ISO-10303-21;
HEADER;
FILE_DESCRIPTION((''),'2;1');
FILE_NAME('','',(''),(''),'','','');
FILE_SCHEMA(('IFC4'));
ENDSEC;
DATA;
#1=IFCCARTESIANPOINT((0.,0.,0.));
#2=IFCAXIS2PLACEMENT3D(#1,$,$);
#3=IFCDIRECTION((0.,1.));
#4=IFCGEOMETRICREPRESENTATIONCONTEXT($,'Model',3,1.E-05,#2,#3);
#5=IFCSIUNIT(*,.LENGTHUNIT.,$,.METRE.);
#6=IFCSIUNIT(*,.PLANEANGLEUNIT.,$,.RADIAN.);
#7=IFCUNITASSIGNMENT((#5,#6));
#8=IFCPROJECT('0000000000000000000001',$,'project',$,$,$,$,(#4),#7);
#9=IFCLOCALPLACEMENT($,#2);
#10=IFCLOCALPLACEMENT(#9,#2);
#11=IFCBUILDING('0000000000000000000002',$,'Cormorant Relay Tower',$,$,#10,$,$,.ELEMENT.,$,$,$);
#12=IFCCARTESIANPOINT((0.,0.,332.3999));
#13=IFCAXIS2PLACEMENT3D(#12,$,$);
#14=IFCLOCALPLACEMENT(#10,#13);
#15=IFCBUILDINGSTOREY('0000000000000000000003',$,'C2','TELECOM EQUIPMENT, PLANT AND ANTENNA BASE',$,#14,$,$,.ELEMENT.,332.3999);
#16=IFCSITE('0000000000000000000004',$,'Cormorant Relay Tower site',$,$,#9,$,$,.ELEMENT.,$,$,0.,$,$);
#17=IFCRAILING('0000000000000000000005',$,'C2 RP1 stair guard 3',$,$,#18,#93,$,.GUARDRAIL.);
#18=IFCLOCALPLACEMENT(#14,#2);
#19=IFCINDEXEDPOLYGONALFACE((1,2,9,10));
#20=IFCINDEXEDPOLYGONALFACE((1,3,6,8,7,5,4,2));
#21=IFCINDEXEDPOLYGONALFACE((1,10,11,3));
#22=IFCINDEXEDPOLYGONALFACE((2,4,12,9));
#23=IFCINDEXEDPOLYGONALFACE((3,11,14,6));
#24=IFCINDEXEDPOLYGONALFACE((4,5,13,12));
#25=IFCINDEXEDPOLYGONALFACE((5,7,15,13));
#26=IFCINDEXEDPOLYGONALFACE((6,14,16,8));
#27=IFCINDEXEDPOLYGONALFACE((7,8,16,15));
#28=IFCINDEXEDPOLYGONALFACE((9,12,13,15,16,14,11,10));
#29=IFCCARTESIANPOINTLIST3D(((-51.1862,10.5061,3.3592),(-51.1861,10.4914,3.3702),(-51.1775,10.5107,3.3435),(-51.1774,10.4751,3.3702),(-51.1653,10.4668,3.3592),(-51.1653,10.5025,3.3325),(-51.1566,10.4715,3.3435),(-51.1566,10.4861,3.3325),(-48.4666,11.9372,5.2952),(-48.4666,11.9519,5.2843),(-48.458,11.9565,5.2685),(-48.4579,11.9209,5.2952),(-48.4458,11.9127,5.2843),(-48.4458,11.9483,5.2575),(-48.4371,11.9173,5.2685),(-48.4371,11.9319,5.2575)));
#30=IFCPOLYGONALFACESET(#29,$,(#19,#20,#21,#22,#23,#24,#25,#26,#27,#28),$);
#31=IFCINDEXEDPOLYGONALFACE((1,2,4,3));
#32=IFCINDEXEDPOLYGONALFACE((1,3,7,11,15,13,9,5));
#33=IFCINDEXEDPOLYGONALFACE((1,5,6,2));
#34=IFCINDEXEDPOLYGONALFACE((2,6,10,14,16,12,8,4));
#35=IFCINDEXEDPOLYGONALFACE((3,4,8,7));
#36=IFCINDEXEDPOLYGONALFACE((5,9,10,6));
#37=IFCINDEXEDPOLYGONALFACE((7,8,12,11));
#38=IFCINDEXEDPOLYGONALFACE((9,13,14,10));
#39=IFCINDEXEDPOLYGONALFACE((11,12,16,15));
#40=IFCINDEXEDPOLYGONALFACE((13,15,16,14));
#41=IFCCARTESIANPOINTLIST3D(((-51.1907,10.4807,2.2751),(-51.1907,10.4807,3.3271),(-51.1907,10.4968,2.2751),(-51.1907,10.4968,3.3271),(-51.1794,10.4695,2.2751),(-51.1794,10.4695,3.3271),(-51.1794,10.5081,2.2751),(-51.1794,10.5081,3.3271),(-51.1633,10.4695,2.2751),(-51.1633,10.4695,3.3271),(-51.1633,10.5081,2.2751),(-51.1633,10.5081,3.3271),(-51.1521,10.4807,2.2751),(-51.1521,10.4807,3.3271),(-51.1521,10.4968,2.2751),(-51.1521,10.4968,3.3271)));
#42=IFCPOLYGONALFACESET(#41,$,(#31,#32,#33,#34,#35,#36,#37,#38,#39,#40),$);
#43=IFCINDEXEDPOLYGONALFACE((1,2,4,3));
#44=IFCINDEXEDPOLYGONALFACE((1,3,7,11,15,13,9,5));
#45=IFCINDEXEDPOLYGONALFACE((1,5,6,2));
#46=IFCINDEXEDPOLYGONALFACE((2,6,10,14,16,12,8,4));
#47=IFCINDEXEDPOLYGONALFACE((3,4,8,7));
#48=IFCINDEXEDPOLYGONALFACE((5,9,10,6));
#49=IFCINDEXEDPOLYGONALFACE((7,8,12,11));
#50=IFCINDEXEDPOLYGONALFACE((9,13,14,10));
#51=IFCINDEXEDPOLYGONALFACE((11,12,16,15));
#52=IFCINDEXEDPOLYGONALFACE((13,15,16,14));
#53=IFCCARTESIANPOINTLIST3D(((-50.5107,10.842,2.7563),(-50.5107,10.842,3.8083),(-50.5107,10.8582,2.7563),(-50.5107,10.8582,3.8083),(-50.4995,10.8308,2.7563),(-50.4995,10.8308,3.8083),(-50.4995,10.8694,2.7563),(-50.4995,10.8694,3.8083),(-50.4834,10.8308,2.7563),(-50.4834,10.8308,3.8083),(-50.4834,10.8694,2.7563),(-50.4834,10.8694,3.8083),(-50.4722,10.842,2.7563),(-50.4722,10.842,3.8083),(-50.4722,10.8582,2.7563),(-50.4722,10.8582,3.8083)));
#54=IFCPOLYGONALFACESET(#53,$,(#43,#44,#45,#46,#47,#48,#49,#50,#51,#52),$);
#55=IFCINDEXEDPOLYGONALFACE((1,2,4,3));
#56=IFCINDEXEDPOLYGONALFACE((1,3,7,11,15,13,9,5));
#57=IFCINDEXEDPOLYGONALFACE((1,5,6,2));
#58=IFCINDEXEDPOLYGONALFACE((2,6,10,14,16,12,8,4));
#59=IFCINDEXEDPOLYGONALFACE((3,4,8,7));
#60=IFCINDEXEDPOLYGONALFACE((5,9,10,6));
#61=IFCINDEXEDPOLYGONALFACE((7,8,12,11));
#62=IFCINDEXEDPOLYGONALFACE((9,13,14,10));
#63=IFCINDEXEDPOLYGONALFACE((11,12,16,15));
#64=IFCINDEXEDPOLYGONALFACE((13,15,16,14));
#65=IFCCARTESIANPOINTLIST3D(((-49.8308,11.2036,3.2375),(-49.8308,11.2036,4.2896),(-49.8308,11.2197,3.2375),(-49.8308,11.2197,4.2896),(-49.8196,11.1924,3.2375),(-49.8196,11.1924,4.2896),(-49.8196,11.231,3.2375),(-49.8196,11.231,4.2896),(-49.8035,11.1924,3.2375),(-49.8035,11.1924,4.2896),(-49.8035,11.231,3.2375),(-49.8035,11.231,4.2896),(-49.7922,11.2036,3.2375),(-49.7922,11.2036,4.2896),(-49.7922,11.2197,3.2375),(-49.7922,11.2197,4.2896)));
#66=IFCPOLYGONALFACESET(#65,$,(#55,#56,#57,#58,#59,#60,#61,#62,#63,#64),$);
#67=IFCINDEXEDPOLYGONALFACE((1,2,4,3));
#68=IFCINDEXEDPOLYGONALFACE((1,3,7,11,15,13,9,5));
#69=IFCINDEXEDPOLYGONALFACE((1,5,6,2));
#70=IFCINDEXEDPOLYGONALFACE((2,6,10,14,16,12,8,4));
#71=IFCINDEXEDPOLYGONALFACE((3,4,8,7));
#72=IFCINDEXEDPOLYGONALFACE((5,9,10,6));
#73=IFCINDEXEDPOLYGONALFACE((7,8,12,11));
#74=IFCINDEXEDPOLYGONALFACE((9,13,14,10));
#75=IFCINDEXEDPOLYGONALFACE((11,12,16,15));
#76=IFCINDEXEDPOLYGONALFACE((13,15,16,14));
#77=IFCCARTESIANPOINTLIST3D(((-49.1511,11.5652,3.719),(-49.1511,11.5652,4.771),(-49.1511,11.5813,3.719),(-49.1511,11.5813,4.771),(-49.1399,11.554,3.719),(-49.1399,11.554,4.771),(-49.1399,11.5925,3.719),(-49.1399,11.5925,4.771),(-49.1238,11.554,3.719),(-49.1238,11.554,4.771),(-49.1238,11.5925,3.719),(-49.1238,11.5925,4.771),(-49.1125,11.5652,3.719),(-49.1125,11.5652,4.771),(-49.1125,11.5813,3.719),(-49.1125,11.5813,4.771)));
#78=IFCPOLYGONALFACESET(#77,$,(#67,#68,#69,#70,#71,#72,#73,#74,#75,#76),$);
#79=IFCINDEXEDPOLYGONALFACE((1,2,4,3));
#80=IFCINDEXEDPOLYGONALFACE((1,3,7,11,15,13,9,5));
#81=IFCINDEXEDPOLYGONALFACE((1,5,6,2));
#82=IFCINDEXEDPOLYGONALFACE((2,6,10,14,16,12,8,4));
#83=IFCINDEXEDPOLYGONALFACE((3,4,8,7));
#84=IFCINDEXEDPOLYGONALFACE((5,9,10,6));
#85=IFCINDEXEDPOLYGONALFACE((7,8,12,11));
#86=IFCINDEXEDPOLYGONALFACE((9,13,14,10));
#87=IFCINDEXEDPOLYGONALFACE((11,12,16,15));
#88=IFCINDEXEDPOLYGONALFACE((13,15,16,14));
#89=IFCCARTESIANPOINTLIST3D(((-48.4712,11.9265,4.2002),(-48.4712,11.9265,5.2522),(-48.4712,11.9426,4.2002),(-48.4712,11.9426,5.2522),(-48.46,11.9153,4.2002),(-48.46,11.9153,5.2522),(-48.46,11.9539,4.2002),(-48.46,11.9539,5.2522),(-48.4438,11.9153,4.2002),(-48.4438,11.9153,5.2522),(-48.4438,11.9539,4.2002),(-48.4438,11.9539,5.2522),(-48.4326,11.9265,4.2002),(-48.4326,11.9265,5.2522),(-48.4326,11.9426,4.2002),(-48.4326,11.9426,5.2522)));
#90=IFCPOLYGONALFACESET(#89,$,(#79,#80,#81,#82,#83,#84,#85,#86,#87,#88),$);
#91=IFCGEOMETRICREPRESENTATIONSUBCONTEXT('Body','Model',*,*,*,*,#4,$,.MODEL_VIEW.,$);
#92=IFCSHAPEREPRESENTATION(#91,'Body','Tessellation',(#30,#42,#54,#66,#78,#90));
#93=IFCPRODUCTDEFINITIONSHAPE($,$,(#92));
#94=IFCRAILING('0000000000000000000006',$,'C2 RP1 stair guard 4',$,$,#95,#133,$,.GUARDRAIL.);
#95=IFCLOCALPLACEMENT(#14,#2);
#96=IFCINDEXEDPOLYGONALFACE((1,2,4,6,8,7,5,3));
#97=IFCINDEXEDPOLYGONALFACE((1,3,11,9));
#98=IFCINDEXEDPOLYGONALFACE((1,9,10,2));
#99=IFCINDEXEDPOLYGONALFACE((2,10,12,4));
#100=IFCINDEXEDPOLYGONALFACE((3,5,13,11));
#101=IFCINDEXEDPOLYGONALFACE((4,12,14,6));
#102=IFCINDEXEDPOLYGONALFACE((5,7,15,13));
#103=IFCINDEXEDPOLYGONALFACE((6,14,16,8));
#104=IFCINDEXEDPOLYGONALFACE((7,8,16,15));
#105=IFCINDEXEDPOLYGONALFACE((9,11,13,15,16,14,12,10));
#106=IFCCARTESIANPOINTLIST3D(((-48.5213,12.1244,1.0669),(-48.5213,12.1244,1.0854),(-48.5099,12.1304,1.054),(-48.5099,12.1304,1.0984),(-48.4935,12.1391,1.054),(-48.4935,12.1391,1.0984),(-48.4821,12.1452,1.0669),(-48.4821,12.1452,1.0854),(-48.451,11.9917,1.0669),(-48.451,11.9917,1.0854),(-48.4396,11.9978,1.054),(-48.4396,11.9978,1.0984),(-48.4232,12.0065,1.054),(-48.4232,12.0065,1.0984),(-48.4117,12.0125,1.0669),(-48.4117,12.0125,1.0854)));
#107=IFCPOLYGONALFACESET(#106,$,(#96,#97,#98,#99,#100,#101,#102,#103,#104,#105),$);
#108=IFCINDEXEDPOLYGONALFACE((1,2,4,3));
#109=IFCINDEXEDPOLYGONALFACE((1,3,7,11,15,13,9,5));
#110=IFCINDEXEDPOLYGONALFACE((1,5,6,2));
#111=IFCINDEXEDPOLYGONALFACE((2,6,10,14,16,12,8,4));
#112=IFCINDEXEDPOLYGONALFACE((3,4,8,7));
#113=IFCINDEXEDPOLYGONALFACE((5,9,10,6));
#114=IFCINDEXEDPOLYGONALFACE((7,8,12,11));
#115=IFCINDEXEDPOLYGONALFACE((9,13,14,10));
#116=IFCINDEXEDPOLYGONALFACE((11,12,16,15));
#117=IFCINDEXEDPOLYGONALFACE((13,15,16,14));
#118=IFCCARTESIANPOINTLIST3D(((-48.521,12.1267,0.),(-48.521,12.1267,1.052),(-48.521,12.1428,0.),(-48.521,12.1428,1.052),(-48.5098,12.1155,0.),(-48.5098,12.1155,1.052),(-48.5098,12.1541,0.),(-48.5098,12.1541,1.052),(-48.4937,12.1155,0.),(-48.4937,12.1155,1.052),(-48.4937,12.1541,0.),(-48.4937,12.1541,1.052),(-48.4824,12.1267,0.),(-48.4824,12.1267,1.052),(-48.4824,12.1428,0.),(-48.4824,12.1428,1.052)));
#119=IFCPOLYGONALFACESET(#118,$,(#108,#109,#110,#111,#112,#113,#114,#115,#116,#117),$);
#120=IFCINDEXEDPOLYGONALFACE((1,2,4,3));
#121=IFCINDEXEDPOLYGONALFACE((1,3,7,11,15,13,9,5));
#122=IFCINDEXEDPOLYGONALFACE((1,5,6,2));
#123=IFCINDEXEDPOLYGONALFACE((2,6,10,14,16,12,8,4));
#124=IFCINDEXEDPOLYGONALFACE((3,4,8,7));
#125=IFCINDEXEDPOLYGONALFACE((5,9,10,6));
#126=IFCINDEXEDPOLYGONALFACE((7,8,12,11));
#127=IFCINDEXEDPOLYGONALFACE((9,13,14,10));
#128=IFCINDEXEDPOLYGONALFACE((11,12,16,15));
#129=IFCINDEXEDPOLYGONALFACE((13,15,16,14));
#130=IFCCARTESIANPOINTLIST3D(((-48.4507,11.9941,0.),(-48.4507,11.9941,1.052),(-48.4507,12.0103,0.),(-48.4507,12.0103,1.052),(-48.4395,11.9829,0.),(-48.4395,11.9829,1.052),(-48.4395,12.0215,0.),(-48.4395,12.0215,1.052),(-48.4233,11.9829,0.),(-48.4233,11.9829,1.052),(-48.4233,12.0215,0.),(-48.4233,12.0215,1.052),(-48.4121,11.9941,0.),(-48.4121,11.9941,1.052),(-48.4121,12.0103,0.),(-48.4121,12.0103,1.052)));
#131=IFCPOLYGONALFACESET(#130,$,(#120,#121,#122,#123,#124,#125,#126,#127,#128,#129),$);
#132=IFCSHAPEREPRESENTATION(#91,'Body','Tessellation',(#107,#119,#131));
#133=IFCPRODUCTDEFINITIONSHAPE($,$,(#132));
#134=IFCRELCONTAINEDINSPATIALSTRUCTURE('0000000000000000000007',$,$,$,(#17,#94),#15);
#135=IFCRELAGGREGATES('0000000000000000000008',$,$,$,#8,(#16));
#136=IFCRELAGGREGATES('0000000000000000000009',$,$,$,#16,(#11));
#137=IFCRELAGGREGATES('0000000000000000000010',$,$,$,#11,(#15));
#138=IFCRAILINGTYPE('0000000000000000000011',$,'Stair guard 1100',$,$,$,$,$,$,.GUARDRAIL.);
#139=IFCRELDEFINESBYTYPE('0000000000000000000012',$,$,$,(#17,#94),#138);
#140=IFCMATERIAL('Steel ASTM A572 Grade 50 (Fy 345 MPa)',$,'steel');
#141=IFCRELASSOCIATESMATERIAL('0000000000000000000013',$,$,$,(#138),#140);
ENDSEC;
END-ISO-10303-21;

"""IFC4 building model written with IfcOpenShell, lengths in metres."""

from ifc_helpers import new_model, si_unit, direction, frame, origin, place, context, subcontext, project, spatial, polyline, outline, extrude, material, type_object, element, save


model = new_model("IFC4")

# Units and contexts
model_context = context("Model", 3, precision=1e-05, world=origin(), true_north=direction((0.0, 1.0)))
body_context = subcontext(model_context, "Body", "Model", "MODEL_VIEW")
ifc_project = project(units=[si_unit("LENGTHUNIT", "METRE"), si_unit("PLANEANGLEUNIT", "RADIAN")], contexts=[model_context])

# Site, building, storey
site_placement = place(None, origin())
site = spatial("IfcSite", under=ifc_project, at=site_placement, Name="Cormorant Relay Tower site", CompositionType="ELEMENT", RefElevation=0.0)
building_placement = place(site_placement, origin())
building = spatial("IfcBuilding", under=site, at=building_placement, Name="Cormorant Relay Tower", CompositionType="ELEMENT")
storey_placement = place(building_placement, frame((0.0, 0.0, 332.3999)))
storey = spatial("IfcBuildingStorey", under=building, at=storey_placement, Name="C2", Description="TELECOM EQUIPMENT, PLANT AND ANTENNA BASE", CompositionType="ELEMENT", Elevation=332.3999)

# Railings
ifc_material_1 = material(Name="Steel ASTM A572 Grade 50 (Fy 345 MPa)", Category="steel")
railing_type_1 = type_object("IfcRailingType", Name="Stair guard 1100", PredefinedType="GUARDRAIL", material=ifc_material_1)
railing_1_placement = place(storey_placement, frame((-51.1714, 10.4888, 2.2751)))
element("IfcRailing", 1, at=railing_1_placement, inside=storey, type_object=railing_type_1, Name="C2 RP1 stair guard 3", PredefinedType="GUARDRAIL", context=body_context, shape_type="SweptSolid", body=[
    extrude(outline(polyline([(0.0222, 0.0093), (0.0093, 0.0222), (-0.0093, 0.0222), (-0.0222, 0.0093), (-0.0222, -0.0093), (-0.0093, -0.0222), (0.0093, -0.0222), (0.0222, -0.0093), (0.0222, 0.0093)])), frame((0.0, 0.0, 1.0762), z_axis=(0.748747, 0.398068, 0.530018), x_axis=(-0.469428, 0.882971, 0.0)), (0.0, 0.0, 1.0), 3.6321),
    extrude(outline(polyline([(0.0193, 0.0081), (0.0081, 0.0193), (-0.0081, 0.0193), (-0.0193, 0.0081), (-0.0193, -0.0081), (-0.0081, -0.0193), (0.0081, -0.0193), (0.0193, -0.0081), (0.0193, 0.0081)])), origin(), (0.0, 0.0, 1.0), 1.052),
    extrude(outline(polyline([(0.0193, 0.0081), (0.0081, 0.0193), (-0.0081, 0.0193), (-0.0193, 0.0081), (-0.0193, -0.0081), (-0.0081, -0.0193), (0.0081, -0.0193), (0.0193, -0.0081), (0.0193, 0.0081)])), frame((0.6799, 0.3613, 0.4812)), (0.0, 0.0, 1.0), 1.052),
    extrude(outline(polyline([(0.0193, 0.0081), (0.0081, 0.0193), (-0.0081, 0.0193), (-0.0193, 0.0081), (-0.0193, -0.0081), (-0.0081, -0.0193), (0.0081, -0.0193), (0.0193, -0.0081), (0.0193, 0.0081)])), frame((1.3599, 0.7229, 0.9624)), (0.0, 0.0, 1.0), 1.052),
    extrude(outline(polyline([(0.0193, 0.0081), (0.0081, 0.0193), (-0.0081, 0.0193), (-0.0193, 0.0081), (-0.0193, -0.0081), (-0.0081, -0.0193), (0.0081, -0.0193), (0.0193, -0.0081), (0.0193, 0.0081)])), frame((2.0396, 1.0845, 1.4438)), (0.0, 0.0, 1.0), 1.052),
    extrude(outline(polyline([(0.0193, 0.0081), (0.0081, 0.0193), (-0.0081, 0.0193), (-0.0193, 0.0081), (-0.0193, -0.0081), (-0.0081, -0.0193), (0.0081, -0.0193), (0.0193, -0.0081), (0.0193, 0.0081)])), frame((2.7195, 1.4458, 1.925)), (0.0, 0.0, 1.0), 1.052),
])
railing_2_placement = place(storey_placement, frame((-48.5017, 12.1348, 0.0)))
element("IfcRailing", 2, at=railing_2_placement, inside=storey, type_object=railing_type_1, Name="C2 RP1 stair guard 4", PredefinedType="GUARDRAIL", context=body_context, shape_type="SweptSolid", body=[
    extrude(outline(polyline([(0.0222, 0.0093), (0.0093, 0.0222), (-0.0093, 0.0222), (-0.0222, 0.0093), (-0.0222, -0.0093), (-0.0093, -0.0222), (0.0093, -0.0222), (0.0222, -0.0093), (0.0222, 0.0093)])), frame((0.0, 0.0, 1.0762), z_axis=(0.46856, -0.883431, 0.0), x_axis=(0.883431, 0.46856, 0.0)), (0.0, 0.0, 1.0), 0.1501),
    extrude(outline(polyline([(0.0193, 0.0081), (0.0081, 0.0193), (-0.0081, 0.0193), (-0.0193, 0.0081), (-0.0193, -0.0081), (-0.0081, -0.0193), (0.0081, -0.0193), (0.0193, -0.0081), (0.0193, 0.0081)])), origin(), (0.0, 0.0, 1.0), 1.052),
    extrude(outline(polyline([(0.0193, 0.0081), (0.0081, 0.0193), (-0.0081, 0.0193), (-0.0193, 0.0081), (-0.0193, -0.0081), (-0.0081, -0.0193), (0.0081, -0.0193), (0.0193, -0.0081), (0.0193, 0.0081)])), frame((0.0703, -0.1326, 0.0)), (0.0, 0.0, 1.0), 1.052),
])

save(model, "model.ifc")
